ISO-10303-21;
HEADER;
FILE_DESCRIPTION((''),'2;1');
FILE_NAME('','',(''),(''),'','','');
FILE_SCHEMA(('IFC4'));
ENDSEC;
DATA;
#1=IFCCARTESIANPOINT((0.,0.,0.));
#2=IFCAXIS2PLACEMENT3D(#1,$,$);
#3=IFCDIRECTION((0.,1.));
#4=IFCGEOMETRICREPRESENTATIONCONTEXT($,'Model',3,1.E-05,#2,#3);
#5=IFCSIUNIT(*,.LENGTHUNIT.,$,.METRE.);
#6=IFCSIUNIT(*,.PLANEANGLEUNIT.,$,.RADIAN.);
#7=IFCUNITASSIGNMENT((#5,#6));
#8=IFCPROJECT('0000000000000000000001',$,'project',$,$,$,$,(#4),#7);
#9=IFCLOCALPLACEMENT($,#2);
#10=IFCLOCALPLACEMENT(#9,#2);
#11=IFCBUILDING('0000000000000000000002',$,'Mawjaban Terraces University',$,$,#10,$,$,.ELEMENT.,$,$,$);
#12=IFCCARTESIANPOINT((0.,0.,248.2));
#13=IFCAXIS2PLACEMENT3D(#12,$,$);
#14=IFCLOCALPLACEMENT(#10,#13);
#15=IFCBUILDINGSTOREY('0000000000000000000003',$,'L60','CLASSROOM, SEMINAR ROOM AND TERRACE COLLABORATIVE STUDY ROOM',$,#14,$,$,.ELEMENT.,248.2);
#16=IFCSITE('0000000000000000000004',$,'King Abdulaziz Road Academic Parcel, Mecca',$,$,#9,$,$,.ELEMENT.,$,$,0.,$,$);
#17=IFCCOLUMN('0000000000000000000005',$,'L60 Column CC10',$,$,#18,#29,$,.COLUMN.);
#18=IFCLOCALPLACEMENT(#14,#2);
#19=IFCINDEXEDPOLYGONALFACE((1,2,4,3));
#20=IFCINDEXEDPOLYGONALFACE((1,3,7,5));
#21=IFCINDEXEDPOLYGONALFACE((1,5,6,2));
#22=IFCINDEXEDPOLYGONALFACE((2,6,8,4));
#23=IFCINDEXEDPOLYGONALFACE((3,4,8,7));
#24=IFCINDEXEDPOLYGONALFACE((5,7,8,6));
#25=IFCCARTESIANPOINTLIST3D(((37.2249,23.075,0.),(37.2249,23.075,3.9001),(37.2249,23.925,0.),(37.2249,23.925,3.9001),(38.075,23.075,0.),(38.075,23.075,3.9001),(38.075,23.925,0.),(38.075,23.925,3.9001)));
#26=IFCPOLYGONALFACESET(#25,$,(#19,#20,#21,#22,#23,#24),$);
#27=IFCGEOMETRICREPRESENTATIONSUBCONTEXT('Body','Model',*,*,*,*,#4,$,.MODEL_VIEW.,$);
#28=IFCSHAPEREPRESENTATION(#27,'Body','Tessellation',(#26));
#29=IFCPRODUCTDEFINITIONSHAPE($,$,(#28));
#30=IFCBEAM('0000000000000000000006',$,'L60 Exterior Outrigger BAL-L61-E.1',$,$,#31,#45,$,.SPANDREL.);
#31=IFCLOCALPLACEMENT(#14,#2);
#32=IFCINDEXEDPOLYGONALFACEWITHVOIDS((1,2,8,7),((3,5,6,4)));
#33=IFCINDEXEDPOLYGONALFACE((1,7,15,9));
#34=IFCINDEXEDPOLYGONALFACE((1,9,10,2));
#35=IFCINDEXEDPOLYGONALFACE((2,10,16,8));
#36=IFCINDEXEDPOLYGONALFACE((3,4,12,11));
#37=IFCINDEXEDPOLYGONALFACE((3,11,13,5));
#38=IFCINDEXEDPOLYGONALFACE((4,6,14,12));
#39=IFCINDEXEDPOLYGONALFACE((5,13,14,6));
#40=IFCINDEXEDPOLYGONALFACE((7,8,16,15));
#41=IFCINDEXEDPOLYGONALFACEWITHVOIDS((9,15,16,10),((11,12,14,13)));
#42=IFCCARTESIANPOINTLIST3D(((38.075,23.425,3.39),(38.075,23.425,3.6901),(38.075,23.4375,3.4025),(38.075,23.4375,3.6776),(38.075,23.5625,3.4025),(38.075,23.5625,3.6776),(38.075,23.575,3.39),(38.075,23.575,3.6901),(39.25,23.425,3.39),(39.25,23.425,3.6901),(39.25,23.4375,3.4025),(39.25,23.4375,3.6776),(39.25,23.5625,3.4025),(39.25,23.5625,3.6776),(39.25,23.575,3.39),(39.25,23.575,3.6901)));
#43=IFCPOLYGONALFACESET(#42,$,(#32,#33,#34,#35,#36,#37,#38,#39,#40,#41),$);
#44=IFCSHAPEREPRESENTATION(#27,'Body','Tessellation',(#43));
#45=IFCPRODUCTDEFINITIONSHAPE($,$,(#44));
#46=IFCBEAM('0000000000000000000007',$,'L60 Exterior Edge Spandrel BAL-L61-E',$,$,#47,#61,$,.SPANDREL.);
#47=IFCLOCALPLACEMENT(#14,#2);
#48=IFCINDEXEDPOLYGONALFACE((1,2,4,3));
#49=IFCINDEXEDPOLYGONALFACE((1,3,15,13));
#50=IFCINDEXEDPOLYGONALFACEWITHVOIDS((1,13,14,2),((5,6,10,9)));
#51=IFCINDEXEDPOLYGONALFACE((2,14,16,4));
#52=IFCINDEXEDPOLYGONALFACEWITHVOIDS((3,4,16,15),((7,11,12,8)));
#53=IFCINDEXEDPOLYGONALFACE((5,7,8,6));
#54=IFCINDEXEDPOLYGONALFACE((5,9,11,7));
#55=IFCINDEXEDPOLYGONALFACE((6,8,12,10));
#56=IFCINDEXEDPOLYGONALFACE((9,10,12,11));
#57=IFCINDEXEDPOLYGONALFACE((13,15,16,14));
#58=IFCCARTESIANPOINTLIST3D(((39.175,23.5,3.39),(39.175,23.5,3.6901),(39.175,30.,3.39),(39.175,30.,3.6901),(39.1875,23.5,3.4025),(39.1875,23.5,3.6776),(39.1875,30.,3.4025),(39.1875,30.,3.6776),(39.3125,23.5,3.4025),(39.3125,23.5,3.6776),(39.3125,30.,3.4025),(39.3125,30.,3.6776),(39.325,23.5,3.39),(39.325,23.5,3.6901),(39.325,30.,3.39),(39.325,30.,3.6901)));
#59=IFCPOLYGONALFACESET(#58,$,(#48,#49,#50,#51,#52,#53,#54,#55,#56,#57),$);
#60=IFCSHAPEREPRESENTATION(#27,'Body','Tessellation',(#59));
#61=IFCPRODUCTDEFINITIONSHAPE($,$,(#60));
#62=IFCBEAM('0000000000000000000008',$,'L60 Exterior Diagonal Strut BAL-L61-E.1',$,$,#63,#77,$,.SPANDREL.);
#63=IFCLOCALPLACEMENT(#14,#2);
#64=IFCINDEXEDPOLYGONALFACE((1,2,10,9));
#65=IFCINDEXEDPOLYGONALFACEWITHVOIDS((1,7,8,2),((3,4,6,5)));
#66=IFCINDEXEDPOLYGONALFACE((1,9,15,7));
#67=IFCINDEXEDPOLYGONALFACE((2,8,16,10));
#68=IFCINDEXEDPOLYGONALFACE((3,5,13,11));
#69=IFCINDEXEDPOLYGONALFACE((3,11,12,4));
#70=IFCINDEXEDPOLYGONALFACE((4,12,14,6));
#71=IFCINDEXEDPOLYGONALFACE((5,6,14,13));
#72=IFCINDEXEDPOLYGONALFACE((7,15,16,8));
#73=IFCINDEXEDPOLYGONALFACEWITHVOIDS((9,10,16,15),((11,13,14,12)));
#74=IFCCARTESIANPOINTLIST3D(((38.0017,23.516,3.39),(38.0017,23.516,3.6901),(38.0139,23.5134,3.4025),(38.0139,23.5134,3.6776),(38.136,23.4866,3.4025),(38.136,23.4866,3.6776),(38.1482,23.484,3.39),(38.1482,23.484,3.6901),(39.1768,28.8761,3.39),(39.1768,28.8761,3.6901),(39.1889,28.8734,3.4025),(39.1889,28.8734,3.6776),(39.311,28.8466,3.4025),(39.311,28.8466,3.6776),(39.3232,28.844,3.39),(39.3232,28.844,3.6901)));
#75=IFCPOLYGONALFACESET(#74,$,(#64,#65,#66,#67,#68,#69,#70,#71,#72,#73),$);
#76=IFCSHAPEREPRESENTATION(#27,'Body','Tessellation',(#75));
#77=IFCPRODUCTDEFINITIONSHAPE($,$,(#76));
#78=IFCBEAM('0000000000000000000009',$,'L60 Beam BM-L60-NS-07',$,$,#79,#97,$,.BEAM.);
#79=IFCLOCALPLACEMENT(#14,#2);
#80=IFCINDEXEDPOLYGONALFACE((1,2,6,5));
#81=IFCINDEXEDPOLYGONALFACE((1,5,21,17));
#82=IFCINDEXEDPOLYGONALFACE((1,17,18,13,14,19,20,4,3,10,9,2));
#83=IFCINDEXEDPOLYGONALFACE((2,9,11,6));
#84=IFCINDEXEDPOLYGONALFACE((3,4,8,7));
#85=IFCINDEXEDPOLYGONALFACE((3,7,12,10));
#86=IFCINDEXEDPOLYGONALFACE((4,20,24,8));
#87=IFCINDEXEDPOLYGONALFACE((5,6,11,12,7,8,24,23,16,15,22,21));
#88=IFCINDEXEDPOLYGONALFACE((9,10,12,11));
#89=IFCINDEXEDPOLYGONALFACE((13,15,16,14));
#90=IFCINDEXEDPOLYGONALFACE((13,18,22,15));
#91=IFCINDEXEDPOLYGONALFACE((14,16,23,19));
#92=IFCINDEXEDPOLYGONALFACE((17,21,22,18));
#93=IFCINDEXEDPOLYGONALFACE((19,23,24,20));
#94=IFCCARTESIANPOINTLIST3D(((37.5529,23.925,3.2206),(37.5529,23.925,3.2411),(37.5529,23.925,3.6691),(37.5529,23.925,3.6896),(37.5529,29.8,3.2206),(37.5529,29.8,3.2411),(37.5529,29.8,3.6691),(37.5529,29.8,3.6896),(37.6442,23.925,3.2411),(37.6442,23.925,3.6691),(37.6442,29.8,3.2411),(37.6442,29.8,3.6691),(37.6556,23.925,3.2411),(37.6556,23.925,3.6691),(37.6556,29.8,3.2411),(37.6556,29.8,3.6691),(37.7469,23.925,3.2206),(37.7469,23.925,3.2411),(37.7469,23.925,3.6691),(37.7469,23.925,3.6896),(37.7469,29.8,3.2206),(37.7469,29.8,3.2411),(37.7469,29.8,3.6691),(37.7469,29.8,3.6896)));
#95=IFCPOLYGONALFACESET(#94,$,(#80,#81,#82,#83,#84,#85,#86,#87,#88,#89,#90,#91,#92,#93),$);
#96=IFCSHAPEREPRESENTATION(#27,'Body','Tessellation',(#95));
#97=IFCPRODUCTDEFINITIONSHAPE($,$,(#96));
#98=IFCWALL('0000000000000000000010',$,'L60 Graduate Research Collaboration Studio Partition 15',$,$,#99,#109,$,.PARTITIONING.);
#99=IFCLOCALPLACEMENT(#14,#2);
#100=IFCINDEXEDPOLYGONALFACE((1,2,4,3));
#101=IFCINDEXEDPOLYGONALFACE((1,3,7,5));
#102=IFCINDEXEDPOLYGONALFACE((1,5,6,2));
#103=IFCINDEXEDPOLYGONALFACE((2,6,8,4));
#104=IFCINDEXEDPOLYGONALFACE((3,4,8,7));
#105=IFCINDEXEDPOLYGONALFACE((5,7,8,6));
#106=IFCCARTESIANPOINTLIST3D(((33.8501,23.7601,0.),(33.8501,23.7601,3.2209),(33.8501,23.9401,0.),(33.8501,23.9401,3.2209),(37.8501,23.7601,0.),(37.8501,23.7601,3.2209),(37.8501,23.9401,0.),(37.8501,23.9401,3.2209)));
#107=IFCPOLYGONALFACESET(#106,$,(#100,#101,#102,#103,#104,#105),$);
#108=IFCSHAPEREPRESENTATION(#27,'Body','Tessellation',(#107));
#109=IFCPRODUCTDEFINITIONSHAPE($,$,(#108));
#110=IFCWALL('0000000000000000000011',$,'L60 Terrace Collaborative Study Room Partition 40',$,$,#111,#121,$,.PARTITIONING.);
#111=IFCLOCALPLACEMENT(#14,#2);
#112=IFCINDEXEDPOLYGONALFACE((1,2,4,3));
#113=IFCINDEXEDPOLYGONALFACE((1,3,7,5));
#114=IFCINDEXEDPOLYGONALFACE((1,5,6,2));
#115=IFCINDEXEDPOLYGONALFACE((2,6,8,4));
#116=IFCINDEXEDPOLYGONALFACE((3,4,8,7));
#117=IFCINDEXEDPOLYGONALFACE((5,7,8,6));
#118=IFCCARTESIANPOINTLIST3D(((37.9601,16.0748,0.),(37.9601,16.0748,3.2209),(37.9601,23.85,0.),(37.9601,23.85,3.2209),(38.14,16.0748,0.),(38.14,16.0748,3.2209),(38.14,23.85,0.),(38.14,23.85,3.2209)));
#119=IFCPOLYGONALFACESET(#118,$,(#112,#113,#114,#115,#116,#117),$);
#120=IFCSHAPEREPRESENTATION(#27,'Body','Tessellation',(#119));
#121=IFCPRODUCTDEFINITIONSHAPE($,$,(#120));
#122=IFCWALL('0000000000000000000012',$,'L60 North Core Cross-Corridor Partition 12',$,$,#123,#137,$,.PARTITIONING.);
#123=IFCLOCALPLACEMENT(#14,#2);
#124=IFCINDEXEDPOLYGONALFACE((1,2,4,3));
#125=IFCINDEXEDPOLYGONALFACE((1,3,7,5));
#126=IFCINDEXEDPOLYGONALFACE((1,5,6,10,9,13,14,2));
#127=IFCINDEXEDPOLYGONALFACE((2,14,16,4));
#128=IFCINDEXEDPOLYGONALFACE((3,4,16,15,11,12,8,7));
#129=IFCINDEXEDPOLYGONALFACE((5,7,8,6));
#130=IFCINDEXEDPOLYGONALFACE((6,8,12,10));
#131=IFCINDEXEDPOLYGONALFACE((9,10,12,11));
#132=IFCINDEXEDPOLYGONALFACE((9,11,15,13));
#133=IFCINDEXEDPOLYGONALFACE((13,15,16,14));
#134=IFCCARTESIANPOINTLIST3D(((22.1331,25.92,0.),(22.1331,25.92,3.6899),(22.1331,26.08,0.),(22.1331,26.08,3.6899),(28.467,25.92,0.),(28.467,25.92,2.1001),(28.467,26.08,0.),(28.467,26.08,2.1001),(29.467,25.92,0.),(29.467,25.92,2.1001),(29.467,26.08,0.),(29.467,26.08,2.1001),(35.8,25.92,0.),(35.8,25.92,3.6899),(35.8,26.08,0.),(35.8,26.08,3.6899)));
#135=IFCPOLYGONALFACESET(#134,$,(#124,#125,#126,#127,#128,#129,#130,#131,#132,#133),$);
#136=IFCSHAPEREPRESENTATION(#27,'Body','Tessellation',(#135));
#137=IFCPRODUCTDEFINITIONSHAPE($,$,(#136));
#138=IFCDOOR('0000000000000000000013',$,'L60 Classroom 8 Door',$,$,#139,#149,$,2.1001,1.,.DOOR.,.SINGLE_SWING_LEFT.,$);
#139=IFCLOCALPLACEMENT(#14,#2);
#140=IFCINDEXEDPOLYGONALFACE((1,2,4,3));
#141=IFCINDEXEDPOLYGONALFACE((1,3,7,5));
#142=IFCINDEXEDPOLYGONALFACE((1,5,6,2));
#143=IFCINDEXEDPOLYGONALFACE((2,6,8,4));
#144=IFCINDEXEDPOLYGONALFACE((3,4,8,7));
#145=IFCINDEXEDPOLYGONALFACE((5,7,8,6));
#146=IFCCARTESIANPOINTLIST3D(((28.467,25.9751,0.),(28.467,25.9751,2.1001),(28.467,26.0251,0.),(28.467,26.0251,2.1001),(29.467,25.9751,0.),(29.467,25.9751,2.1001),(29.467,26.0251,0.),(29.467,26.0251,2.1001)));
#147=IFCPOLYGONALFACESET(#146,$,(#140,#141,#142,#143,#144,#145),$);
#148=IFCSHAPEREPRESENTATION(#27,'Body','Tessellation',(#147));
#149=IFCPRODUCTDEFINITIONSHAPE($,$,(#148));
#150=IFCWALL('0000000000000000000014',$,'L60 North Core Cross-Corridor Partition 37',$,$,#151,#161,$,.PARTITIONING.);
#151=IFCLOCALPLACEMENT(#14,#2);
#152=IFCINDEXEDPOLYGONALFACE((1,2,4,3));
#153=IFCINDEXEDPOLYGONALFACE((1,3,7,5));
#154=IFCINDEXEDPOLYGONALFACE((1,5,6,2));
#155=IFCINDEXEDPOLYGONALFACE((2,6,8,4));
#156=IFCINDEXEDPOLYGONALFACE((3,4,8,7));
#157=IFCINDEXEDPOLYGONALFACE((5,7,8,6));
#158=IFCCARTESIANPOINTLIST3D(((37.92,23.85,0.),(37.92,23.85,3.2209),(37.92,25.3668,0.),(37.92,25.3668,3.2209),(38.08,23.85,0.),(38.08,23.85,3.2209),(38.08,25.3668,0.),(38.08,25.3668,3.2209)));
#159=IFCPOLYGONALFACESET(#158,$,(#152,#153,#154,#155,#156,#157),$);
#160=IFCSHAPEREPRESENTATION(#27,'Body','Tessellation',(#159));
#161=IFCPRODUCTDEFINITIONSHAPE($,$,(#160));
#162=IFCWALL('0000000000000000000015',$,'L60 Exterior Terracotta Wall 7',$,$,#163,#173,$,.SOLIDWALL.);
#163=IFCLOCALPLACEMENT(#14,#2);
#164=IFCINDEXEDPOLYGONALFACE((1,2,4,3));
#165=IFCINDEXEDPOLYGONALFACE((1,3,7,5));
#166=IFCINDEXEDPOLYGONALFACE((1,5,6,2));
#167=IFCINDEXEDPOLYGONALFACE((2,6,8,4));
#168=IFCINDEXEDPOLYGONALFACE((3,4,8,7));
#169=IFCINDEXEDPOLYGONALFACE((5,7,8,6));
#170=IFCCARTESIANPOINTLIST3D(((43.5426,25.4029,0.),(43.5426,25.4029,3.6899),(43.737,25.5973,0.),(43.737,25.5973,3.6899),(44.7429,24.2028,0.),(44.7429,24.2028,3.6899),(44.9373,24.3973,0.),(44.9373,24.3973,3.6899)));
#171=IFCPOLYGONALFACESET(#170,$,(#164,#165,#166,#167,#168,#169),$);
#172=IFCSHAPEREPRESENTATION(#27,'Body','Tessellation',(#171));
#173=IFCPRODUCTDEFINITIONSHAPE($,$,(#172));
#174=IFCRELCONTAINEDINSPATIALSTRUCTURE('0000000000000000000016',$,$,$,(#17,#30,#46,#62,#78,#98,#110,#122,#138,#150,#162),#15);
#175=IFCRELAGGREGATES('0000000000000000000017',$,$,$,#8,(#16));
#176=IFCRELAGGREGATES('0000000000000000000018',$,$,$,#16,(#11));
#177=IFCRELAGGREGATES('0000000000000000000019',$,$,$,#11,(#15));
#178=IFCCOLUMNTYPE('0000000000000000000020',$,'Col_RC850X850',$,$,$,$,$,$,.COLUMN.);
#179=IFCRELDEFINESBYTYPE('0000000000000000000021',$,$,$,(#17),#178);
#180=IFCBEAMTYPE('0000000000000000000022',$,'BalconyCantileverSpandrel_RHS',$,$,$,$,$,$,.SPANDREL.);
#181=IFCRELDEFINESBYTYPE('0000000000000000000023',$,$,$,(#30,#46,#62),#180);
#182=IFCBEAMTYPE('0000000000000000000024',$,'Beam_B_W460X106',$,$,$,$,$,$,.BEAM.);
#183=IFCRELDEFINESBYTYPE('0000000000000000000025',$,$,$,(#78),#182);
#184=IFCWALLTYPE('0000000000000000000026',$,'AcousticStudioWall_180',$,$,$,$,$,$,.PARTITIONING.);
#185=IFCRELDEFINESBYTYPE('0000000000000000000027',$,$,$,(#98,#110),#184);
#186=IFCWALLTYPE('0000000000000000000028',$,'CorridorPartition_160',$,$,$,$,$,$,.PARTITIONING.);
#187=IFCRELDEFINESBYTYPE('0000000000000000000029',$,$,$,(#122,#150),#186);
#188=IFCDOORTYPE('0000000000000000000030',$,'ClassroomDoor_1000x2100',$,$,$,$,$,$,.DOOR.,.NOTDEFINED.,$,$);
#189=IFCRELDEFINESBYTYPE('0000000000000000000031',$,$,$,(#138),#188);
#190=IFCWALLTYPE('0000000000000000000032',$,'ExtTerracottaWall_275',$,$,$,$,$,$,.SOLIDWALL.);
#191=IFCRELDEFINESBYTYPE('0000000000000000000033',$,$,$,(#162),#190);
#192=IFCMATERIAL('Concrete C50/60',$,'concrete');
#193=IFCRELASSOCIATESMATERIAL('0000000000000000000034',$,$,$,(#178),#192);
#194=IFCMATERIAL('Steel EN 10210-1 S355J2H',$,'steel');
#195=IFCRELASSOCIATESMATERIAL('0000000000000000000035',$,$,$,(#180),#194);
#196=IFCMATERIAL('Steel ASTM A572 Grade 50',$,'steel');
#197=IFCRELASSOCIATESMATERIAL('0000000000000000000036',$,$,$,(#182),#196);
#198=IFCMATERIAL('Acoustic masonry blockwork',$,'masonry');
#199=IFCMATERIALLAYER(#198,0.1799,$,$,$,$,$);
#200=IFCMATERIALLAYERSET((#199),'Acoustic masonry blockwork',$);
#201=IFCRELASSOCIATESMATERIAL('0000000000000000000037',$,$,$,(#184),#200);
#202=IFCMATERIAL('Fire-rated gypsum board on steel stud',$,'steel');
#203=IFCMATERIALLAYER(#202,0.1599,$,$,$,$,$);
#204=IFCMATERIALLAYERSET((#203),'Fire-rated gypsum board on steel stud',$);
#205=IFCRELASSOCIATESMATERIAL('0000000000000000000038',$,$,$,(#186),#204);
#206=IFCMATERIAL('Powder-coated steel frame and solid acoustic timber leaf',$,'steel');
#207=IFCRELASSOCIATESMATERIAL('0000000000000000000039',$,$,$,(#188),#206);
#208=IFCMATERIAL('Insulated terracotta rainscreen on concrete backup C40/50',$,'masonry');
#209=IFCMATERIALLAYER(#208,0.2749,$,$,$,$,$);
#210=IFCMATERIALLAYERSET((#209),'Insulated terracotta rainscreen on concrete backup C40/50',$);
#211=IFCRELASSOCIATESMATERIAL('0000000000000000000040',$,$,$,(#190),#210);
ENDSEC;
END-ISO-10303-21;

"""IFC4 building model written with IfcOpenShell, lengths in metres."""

from ifc_helpers import new_model, si_unit, direction, frame, frame_2d, origin, origin_2d, place, context, subcontext, project, spatial, rectangle, hollow_rectangle, i_section, extrude, material, layer, layer_set, material_profile, profile_set, type_object, element, fill, save


model = new_model("IFC4")

# Units and contexts
model_context = context("Model", 3, precision=1e-05, world=origin(), true_north=direction((0.0, 1.0)))
body_context = subcontext(model_context, "Body", "Model", "MODEL_VIEW")
ifc_project = project(units=[si_unit("LENGTHUNIT", "METRE"), si_unit("PLANEANGLEUNIT", "RADIAN")], contexts=[model_context])

# Site, building, storey
site_placement = place(None, origin())
site = spatial("IfcSite", under=ifc_project, at=site_placement, Name="King Abdulaziz Road Academic Parcel, Mecca", CompositionType="ELEMENT", RefElevation=0.0)
building_placement = place(site_placement, origin())
building = spatial("IfcBuilding", under=site, at=building_placement, Name="Mawjaban Terraces University", CompositionType="ELEMENT")
storey_placement = place(building_placement, frame((0.0, 0.0, 248.2)))
storey = spatial("IfcBuildingStorey", under=building, at=storey_placement, Name="L60", Description="CLASSROOM, SEMINAR ROOM AND TERRACE COLLABORATIVE STUDY ROOM", CompositionType="ELEMENT", Elevation=248.2)

# Column
ifc_material_1 = material(Name="Concrete C50/60", Category="concrete")
ifc_material_profile_1 = material_profile(ifc_material_1, rectangle(XDim=0.8501, YDim=0.8501, at=origin_2d()), Name="RC850X850")
ifc_profile_set_1 = profile_set([ifc_material_profile_1], Name="Concrete C50/60")
column_type = type_object("IfcColumnType", Name="Col_RC850X850", PredefinedType="COLUMN", material=ifc_profile_set_1)
column_placement = place(storey_placement, frame((37.6499, 23.5, 0.0), z_axis=(0.0, 0.0, 1.0), x_axis=(1.0, 0.0, 0.0)))
element("IfcColumn", 1, at=column_placement, inside=storey, type_object=column_type, Name="L60 Column CC10", PredefinedType="COLUMN", context=body_context, shape_type="SweptSolid", body=[
    extrude(rectangle(XDim=0.8501, YDim=0.8501, at=origin_2d()), origin(), (0.0, 0.0, 1.0), 3.9001),
])

# Beams
ifc_material_2 = material(Name="Steel EN 10210-1 S355J2H", Category="steel")
ifc_material_profile_2 = material_profile(ifc_material_2, hollow_rectangle(XDim=0.1499, YDim=0.3, WallThickness=0.0125, at=origin_2d()), Name="RHS300X150X12.5")
ifc_profile_set_2 = profile_set([ifc_material_profile_2], Name="Steel EN 10210-1 S355J2H")
beam_type_1 = type_object("IfcBeamType", Name="BalconyCantileverSpandrel_RHS", PredefinedType="SPANDREL", material=ifc_profile_set_2)
beam_1_placement = place(storey_placement, frame((38.075, 23.5, 3.54), z_axis=(1.0, 0.0, 0.0), x_axis=(0.0, 1.0, 0.0)))
element("IfcBeam", 2, at=beam_1_placement, inside=storey, type_object=beam_type_1, Name="L60 Exterior Outrigger BAL-L61-E.1", PredefinedType="SPANDREL", context=body_context, shape_type="SweptSolid", body=[
    extrude(hollow_rectangle(XDim=0.1499, YDim=0.3, WallThickness=0.0125, at=origin_2d()), origin(), (0.0, 0.0, 1.0), 1.175),
])
beam_2_placement = place(storey_placement, frame((39.25, 23.5, 3.54), z_axis=(0.0, 1.0, 0.0), x_axis=(-1.0, 0.0, 0.0)))
element("IfcBeam", 3, at=beam_2_placement, inside=storey, type_object=beam_type_1, Name="L60 Exterior Edge Spandrel BAL-L61-E", PredefinedType="SPANDREL", context=body_context, shape_type="SweptSolid", body=[
    extrude(hollow_rectangle(XDim=0.1499, YDim=0.3, WallThickness=0.0125, at=origin_2d()), origin(), (0.0, 0.0, 1.0), 6.5),
])
beam_3_placement = place(storey_placement, frame((38.075, 23.5, 3.54), z_axis=(0.214136, 0.976804, 0.0), x_axis=(-0.976804, 0.214136, 0.0)))
element("IfcBeam", 4, at=beam_3_placement, inside=storey, type_object=beam_type_1, Name="L60 Exterior Diagonal Strut BAL-L61-E.1", PredefinedType="SPANDREL", context=body_context, shape_type="SweptSolid", body=[
    extrude(hollow_rectangle(XDim=0.1499, YDim=0.3, WallThickness=0.0125, at=origin_2d()), origin(), (0.0, 0.0, 1.0), 5.4873),
])
ifc_material_3 = material(Name="Steel ASTM A572 Grade 50", Category="steel")
ifc_material_profile_3 = material_profile(ifc_material_3, i_section(OverallWidth=0.1941, OverallDepth=0.469, WebThickness=0.0115, FlangeThickness=0.0205, at=origin_2d()), Name="W460X106")
ifc_profile_set_3 = profile_set([ifc_material_profile_3], Name="Steel ASTM A572 Grade 50")
beam_type_2 = type_object("IfcBeamType", Name="Beam_B_W460X106", PredefinedType="BEAM", material=ifc_profile_set_3)
beam_4_placement = place(storey_placement, frame((37.6499, 23.925, 3.4551), z_axis=(0.0, 1.0, 0.0), x_axis=(-1.0, 0.0, 0.0)))
element("IfcBeam", 5, at=beam_4_placement, inside=storey, type_object=beam_type_2, Name="L60 Beam BM-L60-NS-07", PredefinedType="BEAM", context=body_context, shape_type="SweptSolid", body=[
    extrude(i_section(OverallWidth=0.1941, OverallDepth=0.469, WebThickness=0.0115, FlangeThickness=0.0205, at=origin_2d()), origin(), (0.0, 0.0, 1.0), 5.875),
])

# Walls
ifc_material_4 = material(Name="Acoustic masonry blockwork", Category="masonry")
ifc_layer_1 = layer(ifc_material_4, 0.1799)
ifc_layer_set_1 = layer_set([ifc_layer_1], Name="Acoustic masonry blockwork")
wall_type_1 = type_object("IfcWallType", Name="AcousticStudioWall_180", PredefinedType="PARTITIONING", material=ifc_layer_set_1)
wall_1_placement = place(storey_placement, frame((37.8501, 23.8501, 0.0), z_axis=(0.0, 0.0, 1.0), x_axis=(-1.0, 0.0, 0.0)))
element("IfcWall", 6, at=wall_1_placement, inside=storey, type_object=wall_type_1, Name="L60 Graduate Research Collaboration Studio Partition 15", PredefinedType="PARTITIONING", context=body_context, shape_type="SweptSolid", body=[
    extrude(rectangle(XDim=4.0, YDim=0.1799, at=frame_2d((2.0, 0.0))), origin(), (0.0, 0.0, 1.0), 3.2209),
])
wall_2_placement = place(storey_placement, frame((38.05, 23.8501, 0.0), z_axis=(0.0, 0.0, 1.0), x_axis=(0.0, -1.0, 0.0)))
element("IfcWall", 7, at=wall_2_placement, inside=storey, type_object=wall_type_1, Name="L60 Terrace Collaborative Study Room Partition 40", PredefinedType="PARTITIONING", context=body_context, shape_type="SweptSolid", body=[
    extrude(rectangle(XDim=7.7751, YDim=0.1799, at=frame_2d((3.8877, 0.0))), origin(), (0.0, 0.0, 1.0), 3.2209),
])

# Wall, opening, door
ifc_material_5 = material(Name="Fire-rated gypsum board on steel stud", Category="steel")
ifc_layer_2 = layer(ifc_material_5, 0.1599)
ifc_layer_set_2 = layer_set([ifc_layer_2], Name="Fire-rated gypsum board on steel stud")
wall_type_2 = type_object("IfcWallType", Name="CorridorPartition_160", PredefinedType="PARTITIONING", material=ifc_layer_set_2)
wall_3_placement = place(storey_placement, frame((35.8, 26.0, 0.0), z_axis=(0.0, 0.0, 1.0), x_axis=(-1.0, 0.0, 0.0)))
wall_3 = element("IfcWall", 8, at=wall_3_placement, inside=storey, type_object=wall_type_2, Name="L60 North Core Cross-Corridor Partition 12", PredefinedType="PARTITIONING", context=body_context, shape_type="SweptSolid", body=[
    extrude(rectangle(XDim=13.667, YDim=0.1599, at=frame_2d((6.8335, 0.0))), origin(), (0.0, 0.0, 1.0), 3.6899),
])
opening_1_placement = place(wall_3_placement, frame((6.333, 0.0, 0.0)))
opening_1 = element("IfcOpeningElement", 9, at=opening_1_placement, cuts=wall_3, PredefinedType="OPENING", context=body_context, shape_type="SweptSolid", body=[
    extrude(rectangle(XDim=1.0, YDim=2.1001, at=frame_2d((0.5, 1.05))), frame((0.0, 0.0898, 0.0), z_axis=(0.0, -1.0, 0.0), x_axis=(1.0, 0.0, 0.0)), (0.0, 0.0, 1.0), 0.1799),
])
ifc_material_6 = material(Name="Powder-coated steel frame and solid acoustic timber leaf", Category="steel")
door_type_1 = type_object("IfcDoorType", Name="ClassroomDoor_1000x2100", OperationType="NOTDEFINED", PredefinedType="DOOR", material=ifc_material_6)
door_1_placement = place(opening_1_placement, origin())
door_1 = element("IfcDoor", 10, at=door_1_placement, inside=storey, type_object=door_type_1, Name="L60 Classroom 8 Door", OperationType="SINGLE_SWING_LEFT", OverallHeight=2.1001, OverallWidth=1.0, PredefinedType="DOOR", context=body_context, shape_type="SweptSolid", body=[
    extrude(rectangle(XDim=1.0, YDim=2.1001, at=frame_2d((0.5, 1.05))), frame((0.0, 0.0249, 0.0), z_axis=(0.0, -1.0, 0.0), x_axis=(1.0, 0.0, 0.0)), (0.0, 0.0, 1.0), 0.05),
])
fill(opening_1, door_1)

# Walls
wall_4_placement = place(storey_placement, frame((38.0, 23.8501, 0.0), z_axis=(0.0, 0.0, 1.0), x_axis=(0.0, 1.0, 0.0)))
element("IfcWall", 11, at=wall_4_placement, inside=storey, type_object=wall_type_2, Name="L60 North Core Cross-Corridor Partition 37", PredefinedType="PARTITIONING", context=body_context, shape_type="SweptSolid", body=[
    extrude(rectangle(XDim=1.5168, YDim=0.1599, at=frame_2d((0.7583, 0.0))), origin(), (0.0, 0.0, 1.0), 3.2209),
])
ifc_material_7 = material(Name="Insulated terracotta rainscreen on concrete backup C40/50", Category="masonry")
ifc_layer_3 = layer(ifc_material_7, 0.2749)
ifc_layer_set_3 = layer_set([ifc_layer_3], Name="Insulated terracotta rainscreen on concrete backup C40/50")
wall_type_3 = type_object("IfcWallType", Name="ExtTerracottaWall_275", PredefinedType="SOLIDWALL", material=ifc_layer_set_3)
wall_5_placement = place(storey_placement, frame((44.8401, 24.3, 0.0), z_axis=(0.0, 0.0, 1.0), x_axis=(-0.707179, 0.707035, 0.0)))
element("IfcWall", 12, at=wall_5_placement, inside=storey, type_object=wall_type_3, Name="L60 Exterior Terracotta Wall 7", PredefinedType="SOLIDWALL", context=body_context, shape_type="SweptSolid", body=[
    extrude(rectangle(XDim=1.6973, YDim=0.2749, at=frame_2d((0.8486, 0.0))), origin(), (0.0, 0.0, 1.0), 3.6899),
])

save(model, "model.ifc")
